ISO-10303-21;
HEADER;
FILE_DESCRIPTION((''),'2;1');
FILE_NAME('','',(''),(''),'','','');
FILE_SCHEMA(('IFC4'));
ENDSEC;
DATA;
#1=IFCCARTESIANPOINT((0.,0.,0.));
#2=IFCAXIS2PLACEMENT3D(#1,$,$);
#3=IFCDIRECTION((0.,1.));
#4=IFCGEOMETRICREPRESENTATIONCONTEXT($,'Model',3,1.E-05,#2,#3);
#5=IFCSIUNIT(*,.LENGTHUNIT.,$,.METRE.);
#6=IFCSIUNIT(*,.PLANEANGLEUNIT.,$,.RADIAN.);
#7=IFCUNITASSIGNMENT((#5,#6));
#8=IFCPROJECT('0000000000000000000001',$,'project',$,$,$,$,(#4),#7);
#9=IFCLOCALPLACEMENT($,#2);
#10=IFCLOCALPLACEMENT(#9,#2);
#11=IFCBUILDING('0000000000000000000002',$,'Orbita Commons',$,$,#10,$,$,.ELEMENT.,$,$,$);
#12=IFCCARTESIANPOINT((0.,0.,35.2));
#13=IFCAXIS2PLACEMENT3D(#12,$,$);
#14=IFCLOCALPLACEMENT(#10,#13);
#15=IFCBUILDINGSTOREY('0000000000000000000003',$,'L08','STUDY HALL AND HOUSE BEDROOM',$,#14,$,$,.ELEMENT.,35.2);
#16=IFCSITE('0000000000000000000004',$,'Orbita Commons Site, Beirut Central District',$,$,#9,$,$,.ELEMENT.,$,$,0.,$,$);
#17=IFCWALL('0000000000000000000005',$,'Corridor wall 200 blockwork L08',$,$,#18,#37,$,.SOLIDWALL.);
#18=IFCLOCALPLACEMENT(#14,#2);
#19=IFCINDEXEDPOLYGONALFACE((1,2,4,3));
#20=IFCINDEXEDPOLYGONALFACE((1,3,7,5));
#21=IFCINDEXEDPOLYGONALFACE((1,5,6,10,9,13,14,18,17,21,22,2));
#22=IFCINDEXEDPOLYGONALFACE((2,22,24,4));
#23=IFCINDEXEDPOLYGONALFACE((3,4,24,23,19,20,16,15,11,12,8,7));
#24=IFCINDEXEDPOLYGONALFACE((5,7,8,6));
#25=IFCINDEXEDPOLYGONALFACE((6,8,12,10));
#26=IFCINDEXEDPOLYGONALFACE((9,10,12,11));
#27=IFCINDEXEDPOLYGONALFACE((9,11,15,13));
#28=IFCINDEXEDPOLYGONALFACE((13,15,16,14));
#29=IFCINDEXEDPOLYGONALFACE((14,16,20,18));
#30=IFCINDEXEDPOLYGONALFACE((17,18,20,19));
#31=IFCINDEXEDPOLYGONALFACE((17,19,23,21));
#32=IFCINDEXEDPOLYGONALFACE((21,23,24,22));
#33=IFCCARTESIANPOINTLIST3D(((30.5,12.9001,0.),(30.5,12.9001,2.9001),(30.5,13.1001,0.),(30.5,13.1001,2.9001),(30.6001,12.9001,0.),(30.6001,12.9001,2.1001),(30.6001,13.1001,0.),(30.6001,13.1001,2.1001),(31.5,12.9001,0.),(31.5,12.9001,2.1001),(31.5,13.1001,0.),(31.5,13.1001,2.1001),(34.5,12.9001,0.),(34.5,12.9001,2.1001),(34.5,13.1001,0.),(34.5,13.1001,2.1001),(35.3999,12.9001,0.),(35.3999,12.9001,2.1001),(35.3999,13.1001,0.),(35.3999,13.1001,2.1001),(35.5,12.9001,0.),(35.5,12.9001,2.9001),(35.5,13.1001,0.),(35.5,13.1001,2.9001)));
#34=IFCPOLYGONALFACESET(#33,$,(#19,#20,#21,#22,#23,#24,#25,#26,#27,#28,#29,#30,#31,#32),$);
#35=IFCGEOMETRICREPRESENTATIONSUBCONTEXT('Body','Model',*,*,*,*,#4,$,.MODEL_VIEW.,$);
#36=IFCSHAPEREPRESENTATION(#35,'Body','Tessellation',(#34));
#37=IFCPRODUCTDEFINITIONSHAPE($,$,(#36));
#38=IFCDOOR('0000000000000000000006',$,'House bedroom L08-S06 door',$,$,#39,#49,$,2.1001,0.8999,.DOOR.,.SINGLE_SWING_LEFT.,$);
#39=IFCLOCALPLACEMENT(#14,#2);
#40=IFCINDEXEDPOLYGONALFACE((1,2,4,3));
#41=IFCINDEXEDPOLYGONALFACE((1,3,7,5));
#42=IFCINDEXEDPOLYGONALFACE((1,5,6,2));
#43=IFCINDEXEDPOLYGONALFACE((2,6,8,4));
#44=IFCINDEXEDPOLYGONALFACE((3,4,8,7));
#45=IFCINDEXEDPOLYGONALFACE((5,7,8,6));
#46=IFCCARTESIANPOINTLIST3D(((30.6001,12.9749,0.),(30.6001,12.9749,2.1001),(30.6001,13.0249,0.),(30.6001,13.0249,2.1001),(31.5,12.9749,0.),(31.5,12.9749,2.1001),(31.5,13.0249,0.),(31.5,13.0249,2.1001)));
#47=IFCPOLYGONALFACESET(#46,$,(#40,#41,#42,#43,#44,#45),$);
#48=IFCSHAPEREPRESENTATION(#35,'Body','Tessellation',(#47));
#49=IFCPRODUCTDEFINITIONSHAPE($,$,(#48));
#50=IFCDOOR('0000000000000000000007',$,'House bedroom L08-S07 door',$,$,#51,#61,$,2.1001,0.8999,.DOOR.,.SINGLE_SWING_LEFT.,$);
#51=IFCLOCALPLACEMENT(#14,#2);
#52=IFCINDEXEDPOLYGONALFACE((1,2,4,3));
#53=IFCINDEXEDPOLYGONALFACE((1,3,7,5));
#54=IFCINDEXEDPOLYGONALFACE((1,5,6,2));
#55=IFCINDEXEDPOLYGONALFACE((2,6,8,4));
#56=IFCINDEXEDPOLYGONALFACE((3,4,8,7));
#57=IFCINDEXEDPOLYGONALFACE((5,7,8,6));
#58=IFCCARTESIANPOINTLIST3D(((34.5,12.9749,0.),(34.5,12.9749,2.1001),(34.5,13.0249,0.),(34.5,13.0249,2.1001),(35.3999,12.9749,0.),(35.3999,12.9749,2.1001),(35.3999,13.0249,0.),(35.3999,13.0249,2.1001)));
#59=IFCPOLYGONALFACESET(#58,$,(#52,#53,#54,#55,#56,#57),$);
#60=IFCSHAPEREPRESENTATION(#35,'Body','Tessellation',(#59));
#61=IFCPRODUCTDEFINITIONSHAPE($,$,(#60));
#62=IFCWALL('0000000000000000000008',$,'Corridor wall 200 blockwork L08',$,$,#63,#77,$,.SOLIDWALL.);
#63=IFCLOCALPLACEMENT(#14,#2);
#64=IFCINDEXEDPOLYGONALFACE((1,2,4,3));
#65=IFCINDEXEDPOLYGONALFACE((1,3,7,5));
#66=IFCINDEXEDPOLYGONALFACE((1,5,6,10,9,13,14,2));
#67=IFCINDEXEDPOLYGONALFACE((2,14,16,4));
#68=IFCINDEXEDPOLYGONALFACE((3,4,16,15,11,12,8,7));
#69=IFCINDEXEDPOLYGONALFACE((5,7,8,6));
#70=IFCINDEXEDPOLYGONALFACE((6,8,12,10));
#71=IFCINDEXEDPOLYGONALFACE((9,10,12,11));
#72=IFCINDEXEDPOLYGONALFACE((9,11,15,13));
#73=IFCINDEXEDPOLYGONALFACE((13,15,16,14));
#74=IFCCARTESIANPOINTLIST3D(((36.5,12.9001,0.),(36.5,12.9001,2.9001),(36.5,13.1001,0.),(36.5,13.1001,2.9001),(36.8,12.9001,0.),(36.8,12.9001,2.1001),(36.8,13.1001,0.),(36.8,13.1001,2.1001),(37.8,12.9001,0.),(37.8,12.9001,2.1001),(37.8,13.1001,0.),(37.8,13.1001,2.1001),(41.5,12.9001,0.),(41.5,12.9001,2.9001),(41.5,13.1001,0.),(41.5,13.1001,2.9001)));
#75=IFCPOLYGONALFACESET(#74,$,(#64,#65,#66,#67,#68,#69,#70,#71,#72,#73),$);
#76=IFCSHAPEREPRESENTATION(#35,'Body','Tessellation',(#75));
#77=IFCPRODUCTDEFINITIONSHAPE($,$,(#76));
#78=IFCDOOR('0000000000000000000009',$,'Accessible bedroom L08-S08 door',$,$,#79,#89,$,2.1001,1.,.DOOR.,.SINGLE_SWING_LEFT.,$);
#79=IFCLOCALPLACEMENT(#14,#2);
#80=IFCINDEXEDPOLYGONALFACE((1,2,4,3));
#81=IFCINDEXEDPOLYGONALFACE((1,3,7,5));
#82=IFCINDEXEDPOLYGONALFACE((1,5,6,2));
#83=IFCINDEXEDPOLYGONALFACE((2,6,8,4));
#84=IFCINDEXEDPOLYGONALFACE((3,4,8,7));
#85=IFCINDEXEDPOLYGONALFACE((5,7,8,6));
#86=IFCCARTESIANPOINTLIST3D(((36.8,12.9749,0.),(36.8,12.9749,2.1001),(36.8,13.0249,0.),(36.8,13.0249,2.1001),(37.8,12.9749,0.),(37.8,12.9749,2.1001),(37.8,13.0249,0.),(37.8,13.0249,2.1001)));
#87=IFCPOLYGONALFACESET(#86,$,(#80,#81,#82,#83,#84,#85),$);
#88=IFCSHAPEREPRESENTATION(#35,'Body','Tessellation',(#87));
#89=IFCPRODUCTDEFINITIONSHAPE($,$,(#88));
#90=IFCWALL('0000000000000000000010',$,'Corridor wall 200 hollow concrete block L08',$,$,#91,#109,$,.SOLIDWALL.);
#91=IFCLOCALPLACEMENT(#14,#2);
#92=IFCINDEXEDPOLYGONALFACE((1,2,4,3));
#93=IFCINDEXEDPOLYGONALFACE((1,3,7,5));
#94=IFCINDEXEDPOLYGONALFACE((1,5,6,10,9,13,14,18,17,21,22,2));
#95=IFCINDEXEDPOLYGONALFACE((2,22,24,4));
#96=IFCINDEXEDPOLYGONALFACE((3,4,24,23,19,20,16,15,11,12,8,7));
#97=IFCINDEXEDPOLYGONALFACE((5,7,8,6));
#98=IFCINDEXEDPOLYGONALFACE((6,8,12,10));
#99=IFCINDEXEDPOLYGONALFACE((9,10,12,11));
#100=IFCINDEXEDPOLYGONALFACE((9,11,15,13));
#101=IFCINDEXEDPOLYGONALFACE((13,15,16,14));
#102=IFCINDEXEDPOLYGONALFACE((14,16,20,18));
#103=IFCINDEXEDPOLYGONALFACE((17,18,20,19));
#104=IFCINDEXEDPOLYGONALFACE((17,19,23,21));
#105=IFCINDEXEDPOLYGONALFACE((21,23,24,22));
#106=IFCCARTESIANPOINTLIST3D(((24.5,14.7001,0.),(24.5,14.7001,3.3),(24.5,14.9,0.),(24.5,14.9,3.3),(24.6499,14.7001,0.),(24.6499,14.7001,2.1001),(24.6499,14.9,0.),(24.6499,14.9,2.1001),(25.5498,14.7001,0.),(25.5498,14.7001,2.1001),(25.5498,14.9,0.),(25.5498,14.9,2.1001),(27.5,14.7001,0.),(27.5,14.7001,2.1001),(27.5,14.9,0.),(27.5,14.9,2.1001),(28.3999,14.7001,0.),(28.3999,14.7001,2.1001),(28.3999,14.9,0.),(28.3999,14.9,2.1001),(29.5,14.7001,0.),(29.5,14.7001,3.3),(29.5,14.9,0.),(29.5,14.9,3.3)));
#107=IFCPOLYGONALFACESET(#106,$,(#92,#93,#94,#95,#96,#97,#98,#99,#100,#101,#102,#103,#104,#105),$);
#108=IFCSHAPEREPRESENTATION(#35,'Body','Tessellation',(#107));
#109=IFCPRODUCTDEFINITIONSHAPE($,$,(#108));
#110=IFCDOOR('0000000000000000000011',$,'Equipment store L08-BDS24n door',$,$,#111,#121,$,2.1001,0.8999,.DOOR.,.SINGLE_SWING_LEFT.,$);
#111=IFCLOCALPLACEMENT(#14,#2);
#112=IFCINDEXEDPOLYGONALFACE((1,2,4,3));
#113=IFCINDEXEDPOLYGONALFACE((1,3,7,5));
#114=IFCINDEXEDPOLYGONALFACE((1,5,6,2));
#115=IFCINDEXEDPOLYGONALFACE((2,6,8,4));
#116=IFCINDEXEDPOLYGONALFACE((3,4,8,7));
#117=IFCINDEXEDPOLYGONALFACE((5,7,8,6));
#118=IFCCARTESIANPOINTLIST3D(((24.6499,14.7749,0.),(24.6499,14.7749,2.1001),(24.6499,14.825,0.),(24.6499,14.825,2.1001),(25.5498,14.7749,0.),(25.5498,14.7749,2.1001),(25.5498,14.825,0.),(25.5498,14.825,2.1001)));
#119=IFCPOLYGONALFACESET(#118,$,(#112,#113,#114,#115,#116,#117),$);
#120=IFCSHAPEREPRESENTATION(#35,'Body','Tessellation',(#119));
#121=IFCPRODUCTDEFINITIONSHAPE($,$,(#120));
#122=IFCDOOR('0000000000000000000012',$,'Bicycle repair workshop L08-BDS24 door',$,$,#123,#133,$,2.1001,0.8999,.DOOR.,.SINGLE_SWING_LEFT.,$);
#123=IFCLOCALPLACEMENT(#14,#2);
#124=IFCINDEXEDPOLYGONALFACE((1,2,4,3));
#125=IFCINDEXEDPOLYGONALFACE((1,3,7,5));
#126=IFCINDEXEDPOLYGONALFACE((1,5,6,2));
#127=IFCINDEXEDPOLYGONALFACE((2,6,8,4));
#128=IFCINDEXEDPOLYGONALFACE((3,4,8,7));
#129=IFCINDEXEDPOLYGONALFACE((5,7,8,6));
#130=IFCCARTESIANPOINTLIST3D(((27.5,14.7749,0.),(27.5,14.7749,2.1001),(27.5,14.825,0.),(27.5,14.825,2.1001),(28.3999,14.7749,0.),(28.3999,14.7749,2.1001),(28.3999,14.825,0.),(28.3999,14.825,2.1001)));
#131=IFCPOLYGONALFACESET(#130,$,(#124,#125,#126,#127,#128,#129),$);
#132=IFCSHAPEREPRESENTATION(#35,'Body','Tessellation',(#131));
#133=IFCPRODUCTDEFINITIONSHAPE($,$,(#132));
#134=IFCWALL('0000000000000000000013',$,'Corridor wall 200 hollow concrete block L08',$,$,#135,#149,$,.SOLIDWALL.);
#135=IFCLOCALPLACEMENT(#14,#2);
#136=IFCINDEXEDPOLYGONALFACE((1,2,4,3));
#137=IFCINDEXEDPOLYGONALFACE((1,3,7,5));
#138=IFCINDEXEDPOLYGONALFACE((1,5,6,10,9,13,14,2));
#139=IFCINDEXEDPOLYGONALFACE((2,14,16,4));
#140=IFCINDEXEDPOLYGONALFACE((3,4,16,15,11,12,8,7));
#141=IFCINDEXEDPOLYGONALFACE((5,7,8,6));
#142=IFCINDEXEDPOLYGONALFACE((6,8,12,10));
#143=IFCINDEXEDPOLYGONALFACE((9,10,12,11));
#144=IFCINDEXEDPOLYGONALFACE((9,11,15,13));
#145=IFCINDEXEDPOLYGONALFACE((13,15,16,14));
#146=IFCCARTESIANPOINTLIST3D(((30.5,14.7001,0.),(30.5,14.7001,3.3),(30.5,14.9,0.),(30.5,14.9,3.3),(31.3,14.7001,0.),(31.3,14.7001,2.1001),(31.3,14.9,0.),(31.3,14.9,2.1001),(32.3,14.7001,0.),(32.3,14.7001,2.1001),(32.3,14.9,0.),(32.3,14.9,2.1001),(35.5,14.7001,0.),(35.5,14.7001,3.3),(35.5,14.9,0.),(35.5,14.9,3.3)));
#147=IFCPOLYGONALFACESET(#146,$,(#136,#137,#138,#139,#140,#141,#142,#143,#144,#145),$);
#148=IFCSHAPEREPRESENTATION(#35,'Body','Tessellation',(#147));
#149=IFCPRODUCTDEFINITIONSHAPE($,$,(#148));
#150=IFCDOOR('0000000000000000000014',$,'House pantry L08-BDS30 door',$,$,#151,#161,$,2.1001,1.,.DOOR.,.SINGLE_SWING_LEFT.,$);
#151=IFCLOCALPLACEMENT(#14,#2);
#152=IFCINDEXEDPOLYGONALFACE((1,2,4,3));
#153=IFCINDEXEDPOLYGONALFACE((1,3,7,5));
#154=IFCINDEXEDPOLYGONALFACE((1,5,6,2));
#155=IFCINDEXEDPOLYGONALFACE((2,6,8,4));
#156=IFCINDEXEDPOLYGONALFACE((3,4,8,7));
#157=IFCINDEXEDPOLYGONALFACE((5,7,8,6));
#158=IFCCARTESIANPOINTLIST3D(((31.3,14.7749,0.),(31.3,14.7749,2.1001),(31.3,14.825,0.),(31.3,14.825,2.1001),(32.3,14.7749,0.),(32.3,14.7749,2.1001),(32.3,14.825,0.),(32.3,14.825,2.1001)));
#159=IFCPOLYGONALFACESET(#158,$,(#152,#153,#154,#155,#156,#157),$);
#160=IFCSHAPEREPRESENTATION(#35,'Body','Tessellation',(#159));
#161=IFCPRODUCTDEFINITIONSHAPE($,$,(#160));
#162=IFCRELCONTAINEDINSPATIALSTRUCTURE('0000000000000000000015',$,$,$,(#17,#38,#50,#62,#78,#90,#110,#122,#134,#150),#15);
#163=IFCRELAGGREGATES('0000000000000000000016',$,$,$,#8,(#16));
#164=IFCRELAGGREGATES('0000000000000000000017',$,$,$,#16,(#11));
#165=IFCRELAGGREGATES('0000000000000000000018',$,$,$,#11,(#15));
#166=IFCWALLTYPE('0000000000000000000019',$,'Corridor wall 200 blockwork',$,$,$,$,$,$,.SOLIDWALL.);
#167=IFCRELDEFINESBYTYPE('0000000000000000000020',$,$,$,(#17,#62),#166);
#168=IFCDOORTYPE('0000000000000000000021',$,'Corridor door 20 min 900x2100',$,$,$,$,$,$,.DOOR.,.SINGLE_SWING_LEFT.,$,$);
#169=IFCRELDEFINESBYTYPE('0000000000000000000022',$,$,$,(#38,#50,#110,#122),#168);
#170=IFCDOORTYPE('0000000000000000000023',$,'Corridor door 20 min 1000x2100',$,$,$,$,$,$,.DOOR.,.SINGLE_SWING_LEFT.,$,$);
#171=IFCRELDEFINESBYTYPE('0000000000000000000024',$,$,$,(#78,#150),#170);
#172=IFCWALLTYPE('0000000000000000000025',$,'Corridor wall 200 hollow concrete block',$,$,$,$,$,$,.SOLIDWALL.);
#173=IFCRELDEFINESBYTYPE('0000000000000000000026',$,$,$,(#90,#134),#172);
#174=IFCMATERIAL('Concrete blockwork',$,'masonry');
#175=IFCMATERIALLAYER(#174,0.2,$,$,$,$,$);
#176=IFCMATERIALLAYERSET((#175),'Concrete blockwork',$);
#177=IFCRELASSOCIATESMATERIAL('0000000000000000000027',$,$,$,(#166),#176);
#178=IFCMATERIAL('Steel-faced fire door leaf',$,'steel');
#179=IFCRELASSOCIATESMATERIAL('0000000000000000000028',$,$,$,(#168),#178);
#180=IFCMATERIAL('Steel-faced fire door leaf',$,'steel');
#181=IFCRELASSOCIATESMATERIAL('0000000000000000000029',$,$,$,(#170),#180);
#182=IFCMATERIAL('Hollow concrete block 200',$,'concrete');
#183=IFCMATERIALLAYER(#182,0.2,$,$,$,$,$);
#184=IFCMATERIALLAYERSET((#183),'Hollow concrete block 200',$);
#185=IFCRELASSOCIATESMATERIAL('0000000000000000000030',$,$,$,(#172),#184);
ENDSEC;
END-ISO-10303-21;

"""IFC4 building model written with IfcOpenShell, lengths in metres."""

from ifc_helpers import new_model, si_unit, direction, frame, frame_2d, origin, place, context, subcontext, project, spatial, polyline, rectangle, outline, extrude, material, layer, layer_set, type_object, element, fill, save


model = new_model("IFC4")

# Units and contexts
model_context = context("Model", 3, precision=1e-05, world=origin(), true_north=direction((0.0, 1.0)))
body_context = subcontext(model_context, "Body", "Model", "MODEL_VIEW")
ifc_project = project(units=[si_unit("LENGTHUNIT", "METRE"), si_unit("PLANEANGLEUNIT", "RADIAN")], contexts=[model_context])

# Site, building, storey
site_placement = place(None, origin())
site = spatial("IfcSite", under=ifc_project, at=site_placement, Name="Orbita Commons Site, Beirut Central District", CompositionType="ELEMENT", RefElevation=0.0)
building_placement = place(site_placement, origin())
building = spatial("IfcBuilding", under=site, at=building_placement, Name="Orbita Commons", CompositionType="ELEMENT")
storey_placement = place(building_placement, frame((0.0, 0.0, 35.2)))
storey = spatial("IfcBuildingStorey", under=building, at=storey_placement, Name="L08", Description="STUDY HALL AND HOUSE BEDROOM", CompositionType="ELEMENT", Elevation=35.2)

# Wall, openings, doors
ifc_material_1 = material(Name="Concrete blockwork", Category="masonry")
ifc_layer_1 = layer(ifc_material_1, 0.2)
ifc_layer_set_1 = layer_set([ifc_layer_1], Name="Concrete blockwork")
wall_type_1 = type_object("IfcWallType", Name="Corridor wall 200 blockwork", PredefinedType="SOLIDWALL", material=ifc_layer_set_1)
ifc_material_2 = material(Name="Steel-faced fire door leaf", Category="steel")
door_type_1 = type_object("IfcDoorType", Name="Corridor door 20 min 900x2100", OperationType="SINGLE_SWING_LEFT", PredefinedType="DOOR", material=ifc_material_2)
wall_1_placement = place(storey_placement, frame((30.5, 13.0, 0.0), z_axis=(0.0, 0.0, 1.0), x_axis=(1.0, 0.0, 0.0)))
wall_1 = element("IfcWall", 1, at=wall_1_placement, inside=storey, type_object=wall_type_1, Name="Corridor wall 200 blockwork L08", PredefinedType="SOLIDWALL", context=body_context, shape_type="SweptSolid", body=[
    extrude(outline(polyline([(0.0, 0.0), (5.0, 0.0), (5.0, 2.9001), (0.0, 2.9001), (0.0, 0.0)])), frame((0.0, 0.1001, 0.0), z_axis=(0.0, -1.0, 0.0), x_axis=(1.0, 0.0, 0.0)), (0.0, 0.0, 1.0), 0.2),
])
opening_1_placement = place(wall_1_placement, frame((0.1001, 0.0, 0.0)))
opening_1 = element("IfcOpeningElement", 2, at=opening_1_placement, cuts=wall_1, PredefinedType="OPENING", context=body_context, shape_type="SweptSolid", body=[
    extrude(rectangle(XDim=0.8999, YDim=2.1001, at=frame_2d((0.45, 1.05))), frame((0.0, 0.1099, 0.0), z_axis=(0.0, -1.0, 0.0), x_axis=(1.0, 0.0, 0.0)), (0.0, 0.0, 1.0), 0.22),
])
opening_2_placement = place(wall_1_placement, frame((4.0, 0.0, 0.0)))
opening_2 = element("IfcOpeningElement", 3, at=opening_2_placement, cuts=wall_1, PredefinedType="OPENING", context=body_context, shape_type="SweptSolid", body=[
    extrude(rectangle(XDim=0.8999, YDim=2.1001, at=frame_2d((0.45, 1.05))), frame((0.0, 0.1099, 0.0), z_axis=(0.0, -1.0, 0.0), x_axis=(1.0, 0.0, 0.0)), (0.0, 0.0, 1.0), 0.22),
])
door_1_placement = place(opening_1_placement, origin())
door_1 = element("IfcDoor", 4, at=door_1_placement, inside=storey, type_object=door_type_1, Name="House bedroom L08-S06 door", OperationType="SINGLE_SWING_LEFT", OverallHeight=2.1001, OverallWidth=0.8999, PredefinedType="DOOR", context=body_context, shape_type="SweptSolid", body=[
    extrude(rectangle(XDim=0.8999, YDim=2.1001, at=frame_2d((0.45, 1.05))), frame((0.0, 0.0249, 0.0), z_axis=(0.0, -1.0, 0.0), x_axis=(1.0, 0.0, 0.0)), (0.0, 0.0, 1.0), 0.05),
])
fill(opening_1, door_1)
door_2_placement = place(opening_2_placement, origin())
door_2 = element("IfcDoor", 5, at=door_2_placement, inside=storey, type_object=door_type_1, Name="House bedroom L08-S07 door", OperationType="SINGLE_SWING_LEFT", OverallHeight=2.1001, OverallWidth=0.8999, PredefinedType="DOOR", context=body_context, shape_type="SweptSolid", body=[
    extrude(rectangle(XDim=0.8999, YDim=2.1001, at=frame_2d((0.45, 1.05))), frame((0.0, 0.0249, 0.0), z_axis=(0.0, -1.0, 0.0), x_axis=(1.0, 0.0, 0.0)), (0.0, 0.0, 1.0), 0.05),
])
fill(opening_2, door_2)

# Wall, opening, door
wall_2_placement = place(storey_placement, frame((36.5, 13.0, 0.0), z_axis=(0.0, 0.0, 1.0), x_axis=(1.0, 0.0, 0.0)))
wall_2 = element("IfcWall", 6, at=wall_2_placement, inside=storey, type_object=wall_type_1, Name="Corridor wall 200 blockwork L08", PredefinedType="SOLIDWALL", context=body_context, shape_type="SweptSolid", body=[
    extrude(outline(polyline([(0.0, 0.0), (5.0, 0.0), (5.0, 2.9001), (0.0, 2.9001), (0.0, 0.0)])), frame((0.0, 0.1001, 0.0), z_axis=(0.0, -1.0, 0.0), x_axis=(1.0, 0.0, 0.0)), (0.0, 0.0, 1.0), 0.2),
])
opening_3_placement = place(wall_2_placement, frame((0.3, 0.0, 0.0)))
opening_3 = element("IfcOpeningElement", 7, at=opening_3_placement, cuts=wall_2, PredefinedType="OPENING", context=body_context, shape_type="SweptSolid", body=[
    extrude(rectangle(XDim=1.0, YDim=2.1001, at=frame_2d((0.5, 1.05))), frame((0.0, 0.1099, 0.0), z_axis=(0.0, -1.0, 0.0), x_axis=(1.0, 0.0, 0.0)), (0.0, 0.0, 1.0), 0.22),
])
ifc_material_3 = material(Name="Steel-faced fire door leaf", Category="steel")
door_type_2 = type_object("IfcDoorType", Name="Corridor door 20 min 1000x2100", OperationType="SINGLE_SWING_LEFT", PredefinedType="DOOR", material=ifc_material_3)
door_3_placement = place(opening_3_placement, origin())
door_3 = element("IfcDoor", 8, at=door_3_placement, inside=storey, type_object=door_type_2, Name="Accessible bedroom L08-S08 door", OperationType="SINGLE_SWING_LEFT", OverallHeight=2.1001, OverallWidth=1.0, PredefinedType="DOOR", context=body_context, shape_type="SweptSolid", body=[
    extrude(rectangle(XDim=1.0, YDim=2.1001, at=frame_2d((0.5, 1.05))), frame((0.0, 0.0249, 0.0), z_axis=(0.0, -1.0, 0.0), x_axis=(1.0, 0.0, 0.0)), (0.0, 0.0, 1.0), 0.05),
])
fill(opening_3, door_3)

# Wall, openings, doors
ifc_material_4 = material(Name="Hollow concrete block 200", Category="concrete")
ifc_layer_2 = layer(ifc_material_4, 0.2)
ifc_layer_set_2 = layer_set([ifc_layer_2], Name="Hollow concrete block 200")
wall_type_2 = type_object("IfcWallType", Name="Corridor wall 200 hollow concrete block", PredefinedType="SOLIDWALL", material=ifc_layer_set_2)
wall_3_placement = place(storey_placement, frame((24.5, 14.8, 0.0), z_axis=(0.0, 0.0, 1.0), x_axis=(1.0, 0.0, 0.0)))
wall_3 = element("IfcWall", 9, at=wall_3_placement, inside=storey, type_object=wall_type_2, Name="Corridor wall 200 hollow concrete block L08", PredefinedType="SOLIDWALL", context=body_context, shape_type="SweptSolid", body=[
    extrude(rectangle(XDim=5.0, YDim=0.2, at=frame_2d((2.5, 0.0))), origin(), (0.0, 0.0, 1.0), 3.3),
])
opening_4_placement = place(wall_3_placement, frame((0.1499, 0.0, 0.0)))
opening_4 = element("IfcOpeningElement", 10, at=opening_4_placement, cuts=wall_3, PredefinedType="OPENING", context=body_context, shape_type="SweptSolid", body=[
    extrude(rectangle(XDim=0.8999, YDim=2.1001, at=frame_2d((0.45, 1.05))), frame((0.0, 0.1099, 0.0), z_axis=(0.0, -1.0, 0.0), x_axis=(1.0, 0.0, 0.0)), (0.0, 0.0, 1.0), 0.22),
])
opening_5_placement = place(wall_3_placement, frame((3.0, 0.0, 0.0)))
opening_5 = element("IfcOpeningElement", 11, at=opening_5_placement, cuts=wall_3, PredefinedType="OPENING", context=body_context, shape_type="SweptSolid", body=[
    extrude(rectangle(XDim=0.8999, YDim=2.1001, at=frame_2d((0.45, 1.05))), frame((0.0, 0.1099, 0.0), z_axis=(0.0, -1.0, 0.0), x_axis=(1.0, 0.0, 0.0)), (0.0, 0.0, 1.0), 0.22),
])
door_4_placement = place(opening_4_placement, origin())
door_4 = element("IfcDoor", 12, at=door_4_placement, inside=storey, type_object=door_type_1, Name="Equipment store L08-BDS24n door", OperationType="SINGLE_SWING_LEFT", OverallHeight=2.1001, OverallWidth=0.8999, PredefinedType="DOOR", context=body_context, shape_type="SweptSolid", body=[
    extrude(rectangle(XDim=0.8999, YDim=2.1001, at=frame_2d((0.45, 1.05))), frame((0.0, 0.0249, 0.0), z_axis=(0.0, -1.0, 0.0), x_axis=(1.0, 0.0, 0.0)), (0.0, 0.0, 1.0), 0.05),
])
fill(opening_4, door_4)
door_5_placement = place(opening_5_placement, origin())
door_5 = element("IfcDoor", 13, at=door_5_placement, inside=storey, type_object=door_type_1, Name="Bicycle repair workshop L08-BDS24 door", OperationType="SINGLE_SWING_LEFT", OverallHeight=2.1001, OverallWidth=0.8999, PredefinedType="DOOR", context=body_context, shape_type="SweptSolid", body=[
    extrude(rectangle(XDim=0.8999, YDim=2.1001, at=frame_2d((0.45, 1.05))), frame((0.0, 0.0249, 0.0), z_axis=(0.0, -1.0, 0.0), x_axis=(1.0, 0.0, 0.0)), (0.0, 0.0, 1.0), 0.05),
])
fill(opening_5, door_5)

# Wall, opening, door
wall_4_placement = place(storey_placement, frame((30.5, 14.8, 0.0), z_axis=(0.0, 0.0, 1.0), x_axis=(1.0, 0.0, 0.0)))
wall_4 = element("IfcWall", 14, at=wall_4_placement, inside=storey, type_object=wall_type_2, Name="Corridor wall 200 hollow concrete block L08", PredefinedType="SOLIDWALL", context=body_context, shape_type="SweptSolid", body=[
    extrude(rectangle(XDim=5.0, YDim=0.2, at=frame_2d((2.5, 0.0))), origin(), (0.0, 0.0, 1.0), 3.3),
])
opening_6_placement = place(wall_4_placement, frame((0.8, 0.0, 0.0)))
opening_6 = element("IfcOpeningElement", 15, at=opening_6_placement, cuts=wall_4, PredefinedType="OPENING", context=body_context, shape_type="SweptSolid", body=[
    extrude(rectangle(XDim=1.0, YDim=2.1001, at=frame_2d((0.5, 1.05))), frame((0.0, 0.1099, 0.0), z_axis=(0.0, -1.0, 0.0), x_axis=(1.0, 0.0, 0.0)), (0.0, 0.0, 1.0), 0.22),
])
door_6_placement = place(opening_6_placement, origin())
door_6 = element("IfcDoor", 16, at=door_6_placement, inside=storey, type_object=door_type_2, Name="House pantry L08-BDS30 door", OperationType="SINGLE_SWING_LEFT", OverallHeight=2.1001, OverallWidth=1.0, PredefinedType="DOOR", context=body_context, shape_type="SweptSolid", body=[
    extrude(rectangle(XDim=1.0, YDim=2.1001, at=frame_2d((0.5, 1.05))), frame((0.0, 0.0249, 0.0), z_axis=(0.0, -1.0, 0.0), x_axis=(1.0, 0.0, 0.0)), (0.0, 0.0, 1.0), 0.05),
])
fill(opening_6, door_6)

save(model, "model.ifc")
